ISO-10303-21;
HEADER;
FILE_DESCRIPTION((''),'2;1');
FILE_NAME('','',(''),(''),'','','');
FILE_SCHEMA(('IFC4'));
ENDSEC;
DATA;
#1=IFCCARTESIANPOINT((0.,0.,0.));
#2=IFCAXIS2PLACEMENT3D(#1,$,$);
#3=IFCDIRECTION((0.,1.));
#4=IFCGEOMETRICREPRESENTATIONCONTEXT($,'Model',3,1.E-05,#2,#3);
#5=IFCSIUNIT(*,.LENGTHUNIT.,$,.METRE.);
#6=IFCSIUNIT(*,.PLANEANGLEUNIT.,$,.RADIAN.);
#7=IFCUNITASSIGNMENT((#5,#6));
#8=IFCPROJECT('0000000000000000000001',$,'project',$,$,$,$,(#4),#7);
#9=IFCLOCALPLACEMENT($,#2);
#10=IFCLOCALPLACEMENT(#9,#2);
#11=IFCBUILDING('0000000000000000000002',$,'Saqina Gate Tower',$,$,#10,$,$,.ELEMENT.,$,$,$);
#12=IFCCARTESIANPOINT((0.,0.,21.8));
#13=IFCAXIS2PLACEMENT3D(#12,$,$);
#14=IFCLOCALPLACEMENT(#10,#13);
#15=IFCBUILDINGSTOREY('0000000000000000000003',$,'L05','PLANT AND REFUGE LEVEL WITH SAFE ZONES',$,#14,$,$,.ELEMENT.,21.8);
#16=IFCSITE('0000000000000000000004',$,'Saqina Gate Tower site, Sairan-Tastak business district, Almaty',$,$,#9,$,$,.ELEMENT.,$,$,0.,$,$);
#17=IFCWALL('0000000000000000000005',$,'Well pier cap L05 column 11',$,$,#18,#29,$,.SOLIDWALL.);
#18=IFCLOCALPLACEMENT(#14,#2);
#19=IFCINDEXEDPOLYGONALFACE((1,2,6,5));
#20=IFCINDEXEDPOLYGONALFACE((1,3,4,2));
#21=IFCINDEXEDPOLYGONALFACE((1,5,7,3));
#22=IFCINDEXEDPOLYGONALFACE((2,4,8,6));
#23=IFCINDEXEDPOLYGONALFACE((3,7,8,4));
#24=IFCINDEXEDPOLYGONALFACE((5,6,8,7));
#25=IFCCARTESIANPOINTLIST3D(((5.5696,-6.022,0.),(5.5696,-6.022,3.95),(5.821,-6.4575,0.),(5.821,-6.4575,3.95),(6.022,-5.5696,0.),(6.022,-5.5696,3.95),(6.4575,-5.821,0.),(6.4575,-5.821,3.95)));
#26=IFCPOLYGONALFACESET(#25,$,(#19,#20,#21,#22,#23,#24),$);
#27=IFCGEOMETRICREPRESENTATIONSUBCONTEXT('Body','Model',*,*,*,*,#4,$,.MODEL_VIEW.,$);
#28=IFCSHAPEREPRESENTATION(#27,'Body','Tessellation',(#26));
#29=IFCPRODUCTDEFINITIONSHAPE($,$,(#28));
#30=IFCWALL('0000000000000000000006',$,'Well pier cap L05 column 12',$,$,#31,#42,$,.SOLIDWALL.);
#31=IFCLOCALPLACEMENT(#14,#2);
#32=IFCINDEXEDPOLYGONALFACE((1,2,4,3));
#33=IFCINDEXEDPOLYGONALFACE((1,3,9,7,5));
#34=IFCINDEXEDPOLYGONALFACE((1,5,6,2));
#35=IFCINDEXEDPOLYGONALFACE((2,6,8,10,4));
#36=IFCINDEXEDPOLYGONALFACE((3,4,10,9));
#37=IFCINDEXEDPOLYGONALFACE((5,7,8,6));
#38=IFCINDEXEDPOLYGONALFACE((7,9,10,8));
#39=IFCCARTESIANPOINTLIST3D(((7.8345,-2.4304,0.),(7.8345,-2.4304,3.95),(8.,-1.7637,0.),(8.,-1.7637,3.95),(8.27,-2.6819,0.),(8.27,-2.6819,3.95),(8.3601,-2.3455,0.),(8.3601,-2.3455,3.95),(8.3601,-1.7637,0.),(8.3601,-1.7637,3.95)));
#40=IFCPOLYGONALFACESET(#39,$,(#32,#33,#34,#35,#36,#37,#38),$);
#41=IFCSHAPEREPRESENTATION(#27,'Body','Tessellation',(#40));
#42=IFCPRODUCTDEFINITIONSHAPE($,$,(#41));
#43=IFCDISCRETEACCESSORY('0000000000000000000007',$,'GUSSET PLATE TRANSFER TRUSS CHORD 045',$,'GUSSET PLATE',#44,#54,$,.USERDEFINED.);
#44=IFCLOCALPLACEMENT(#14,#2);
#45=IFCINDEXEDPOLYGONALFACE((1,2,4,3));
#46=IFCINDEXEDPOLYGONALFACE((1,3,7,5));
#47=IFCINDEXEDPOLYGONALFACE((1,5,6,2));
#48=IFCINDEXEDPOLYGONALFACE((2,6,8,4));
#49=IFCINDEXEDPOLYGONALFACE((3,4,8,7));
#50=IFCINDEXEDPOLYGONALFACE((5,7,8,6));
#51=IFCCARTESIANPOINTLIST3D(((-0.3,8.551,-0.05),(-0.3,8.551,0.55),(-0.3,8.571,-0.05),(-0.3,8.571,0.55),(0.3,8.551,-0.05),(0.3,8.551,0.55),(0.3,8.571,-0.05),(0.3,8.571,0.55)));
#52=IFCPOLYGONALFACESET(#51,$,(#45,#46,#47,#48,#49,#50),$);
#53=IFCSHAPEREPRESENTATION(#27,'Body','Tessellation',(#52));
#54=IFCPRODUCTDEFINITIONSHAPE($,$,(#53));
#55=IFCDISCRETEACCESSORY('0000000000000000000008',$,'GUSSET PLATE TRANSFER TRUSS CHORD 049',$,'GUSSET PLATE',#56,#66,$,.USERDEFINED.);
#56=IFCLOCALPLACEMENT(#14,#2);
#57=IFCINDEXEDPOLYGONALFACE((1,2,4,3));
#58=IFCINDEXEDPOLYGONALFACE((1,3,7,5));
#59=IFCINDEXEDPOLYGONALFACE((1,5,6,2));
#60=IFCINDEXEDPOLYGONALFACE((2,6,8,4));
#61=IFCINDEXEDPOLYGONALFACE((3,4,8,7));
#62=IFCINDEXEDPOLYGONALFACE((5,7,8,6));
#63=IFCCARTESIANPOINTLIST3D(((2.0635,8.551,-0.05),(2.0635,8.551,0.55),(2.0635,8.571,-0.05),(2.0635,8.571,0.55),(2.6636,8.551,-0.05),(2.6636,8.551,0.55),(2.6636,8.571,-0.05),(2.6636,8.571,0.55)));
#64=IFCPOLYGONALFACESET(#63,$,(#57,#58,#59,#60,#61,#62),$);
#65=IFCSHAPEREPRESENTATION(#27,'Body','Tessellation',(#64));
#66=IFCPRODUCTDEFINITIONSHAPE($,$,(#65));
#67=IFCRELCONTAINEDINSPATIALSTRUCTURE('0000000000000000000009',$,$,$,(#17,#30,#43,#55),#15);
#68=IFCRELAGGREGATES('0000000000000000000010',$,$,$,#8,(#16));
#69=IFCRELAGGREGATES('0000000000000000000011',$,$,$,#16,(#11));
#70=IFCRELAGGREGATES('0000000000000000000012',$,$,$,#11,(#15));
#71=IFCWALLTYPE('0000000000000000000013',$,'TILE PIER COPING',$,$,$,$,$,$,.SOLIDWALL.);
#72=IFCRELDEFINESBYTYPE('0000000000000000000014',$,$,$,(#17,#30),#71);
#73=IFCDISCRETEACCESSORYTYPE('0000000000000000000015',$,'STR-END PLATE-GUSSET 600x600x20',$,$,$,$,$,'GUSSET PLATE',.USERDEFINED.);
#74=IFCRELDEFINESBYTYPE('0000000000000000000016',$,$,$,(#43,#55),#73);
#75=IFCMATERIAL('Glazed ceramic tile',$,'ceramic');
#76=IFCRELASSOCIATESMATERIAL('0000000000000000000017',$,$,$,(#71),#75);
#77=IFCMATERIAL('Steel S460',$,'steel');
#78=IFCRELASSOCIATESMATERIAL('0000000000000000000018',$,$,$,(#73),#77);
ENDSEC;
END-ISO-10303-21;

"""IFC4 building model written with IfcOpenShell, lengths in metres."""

from ifc_helpers import new_model, si_unit, direction, frame, origin, origin_2d, place, context, subcontext, project, spatial, polyline, rectangle, outline, extrude, material, material_profile, profile_set, type_object, element, save


model = new_model("IFC4")

# Units and contexts
model_context = context("Model", 3, precision=1e-05, world=origin(), true_north=direction((0.0, 1.0)))
body_context = subcontext(model_context, "Body", "Model", "MODEL_VIEW")
ifc_project = project(units=[si_unit("LENGTHUNIT", "METRE"), si_unit("PLANEANGLEUNIT", "RADIAN")], contexts=[model_context])

# Site, building, storey
site_placement = place(None, origin())
site = spatial("IfcSite", under=ifc_project, at=site_placement, Name="Saqina Gate Tower site, Sairan-Tastak business district, Almaty", CompositionType="ELEMENT", RefElevation=0.0)
building_placement = place(site_placement, origin())
building = spatial("IfcBuilding", under=site, at=building_placement, Name="Saqina Gate Tower", CompositionType="ELEMENT")
storey_placement = place(building_placement, frame((0.0, 0.0, 21.8)))
storey = spatial("IfcBuildingStorey", under=building, at=storey_placement, Name="L05", Description="PLANT AND REFUGE LEVEL WITH SAFE ZONES", CompositionType="ELEMENT", Elevation=21.8)

# Walls
ifc_material_1 = material(Name="Glazed ceramic tile", Category="ceramic")
wall_type_1 = type_object("IfcWallType", Name="TILE PIER COPING", PredefinedType="SOLIDWALL", material=ifc_material_1)
wall_1_placement = place(storey_placement, origin())
element("IfcWall", 1, at=wall_1_placement, inside=storey, type_object=wall_type_1, Name="Well pier cap L05 column 11", PredefinedType="SOLIDWALL", context=body_context, shape_type="SweptSolid", body=[
    extrude(outline(polyline([(5.821, -6.4575), (6.4575, -5.821), (6.022, -5.5696), (5.5696, -6.022), (5.821, -6.4575)])), origin(), (0.0, 0.0, 1.0), 3.95),
])
wall_2_placement = place(storey_placement, origin())
element("IfcWall", 2, at=wall_2_placement, inside=storey, type_object=wall_type_1, Name="Well pier cap L05 column 12", PredefinedType="SOLIDWALL", context=body_context, shape_type="SweptSolid", body=[
    extrude(outline(polyline([(8.3601, -1.7637), (8.0, -1.7637), (7.8345, -2.4304), (8.27, -2.6819), (8.3601, -2.3455), (8.3601, -1.7637)])), origin(), (0.0, 0.0, 1.0), 3.95),
])

# Discrete accessories
ifc_material_2 = material(Name="Steel S460", Category="steel")
ifc_material_profile_1 = material_profile(ifc_material_2, rectangle(XDim=0.6001, YDim=0.6001, at=origin_2d()), Name="STR-END PLATE-GUSSET 600x600x20")
ifc_profile_set_1 = profile_set([ifc_material_profile_1], Name="Steel S460")
discrete_accessory_type = type_object("IfcDiscreteAccessoryType", Name="STR-END PLATE-GUSSET 600x600x20", ElementType="GUSSET PLATE", PredefinedType="USERDEFINED", material=ifc_profile_set_1)
for number, where, z_axis, x_axis, name in (
    (3, (0.0, 8.571, 0.25), (0.0, -1.0, 0.0), (1.0, 0.0, 0.0), "GUSSET PLATE TRANSFER TRUSS CHORD 045"),
    (4, (2.3635, 8.571, 0.25), (0.0, -1.0, 0.0), (1.0, 0.0, 0.0), "GUSSET PLATE TRANSFER TRUSS CHORD 049"),
):
    element("IfcDiscreteAccessory", number, at=place(storey_placement, frame(where, z_axis=z_axis, x_axis=x_axis)), inside=storey, type_object=discrete_accessory_type, Name=name, ObjectType="GUSSET PLATE", PredefinedType="USERDEFINED", context=body_context, shape_type="SweptSolid", body=[
        extrude(rectangle(XDim=0.6001, YDim=0.6001, at=origin_2d()), origin(), (0.0, 0.0, 1.0), 0.02),
    ])

save(model, "model.ifc")
